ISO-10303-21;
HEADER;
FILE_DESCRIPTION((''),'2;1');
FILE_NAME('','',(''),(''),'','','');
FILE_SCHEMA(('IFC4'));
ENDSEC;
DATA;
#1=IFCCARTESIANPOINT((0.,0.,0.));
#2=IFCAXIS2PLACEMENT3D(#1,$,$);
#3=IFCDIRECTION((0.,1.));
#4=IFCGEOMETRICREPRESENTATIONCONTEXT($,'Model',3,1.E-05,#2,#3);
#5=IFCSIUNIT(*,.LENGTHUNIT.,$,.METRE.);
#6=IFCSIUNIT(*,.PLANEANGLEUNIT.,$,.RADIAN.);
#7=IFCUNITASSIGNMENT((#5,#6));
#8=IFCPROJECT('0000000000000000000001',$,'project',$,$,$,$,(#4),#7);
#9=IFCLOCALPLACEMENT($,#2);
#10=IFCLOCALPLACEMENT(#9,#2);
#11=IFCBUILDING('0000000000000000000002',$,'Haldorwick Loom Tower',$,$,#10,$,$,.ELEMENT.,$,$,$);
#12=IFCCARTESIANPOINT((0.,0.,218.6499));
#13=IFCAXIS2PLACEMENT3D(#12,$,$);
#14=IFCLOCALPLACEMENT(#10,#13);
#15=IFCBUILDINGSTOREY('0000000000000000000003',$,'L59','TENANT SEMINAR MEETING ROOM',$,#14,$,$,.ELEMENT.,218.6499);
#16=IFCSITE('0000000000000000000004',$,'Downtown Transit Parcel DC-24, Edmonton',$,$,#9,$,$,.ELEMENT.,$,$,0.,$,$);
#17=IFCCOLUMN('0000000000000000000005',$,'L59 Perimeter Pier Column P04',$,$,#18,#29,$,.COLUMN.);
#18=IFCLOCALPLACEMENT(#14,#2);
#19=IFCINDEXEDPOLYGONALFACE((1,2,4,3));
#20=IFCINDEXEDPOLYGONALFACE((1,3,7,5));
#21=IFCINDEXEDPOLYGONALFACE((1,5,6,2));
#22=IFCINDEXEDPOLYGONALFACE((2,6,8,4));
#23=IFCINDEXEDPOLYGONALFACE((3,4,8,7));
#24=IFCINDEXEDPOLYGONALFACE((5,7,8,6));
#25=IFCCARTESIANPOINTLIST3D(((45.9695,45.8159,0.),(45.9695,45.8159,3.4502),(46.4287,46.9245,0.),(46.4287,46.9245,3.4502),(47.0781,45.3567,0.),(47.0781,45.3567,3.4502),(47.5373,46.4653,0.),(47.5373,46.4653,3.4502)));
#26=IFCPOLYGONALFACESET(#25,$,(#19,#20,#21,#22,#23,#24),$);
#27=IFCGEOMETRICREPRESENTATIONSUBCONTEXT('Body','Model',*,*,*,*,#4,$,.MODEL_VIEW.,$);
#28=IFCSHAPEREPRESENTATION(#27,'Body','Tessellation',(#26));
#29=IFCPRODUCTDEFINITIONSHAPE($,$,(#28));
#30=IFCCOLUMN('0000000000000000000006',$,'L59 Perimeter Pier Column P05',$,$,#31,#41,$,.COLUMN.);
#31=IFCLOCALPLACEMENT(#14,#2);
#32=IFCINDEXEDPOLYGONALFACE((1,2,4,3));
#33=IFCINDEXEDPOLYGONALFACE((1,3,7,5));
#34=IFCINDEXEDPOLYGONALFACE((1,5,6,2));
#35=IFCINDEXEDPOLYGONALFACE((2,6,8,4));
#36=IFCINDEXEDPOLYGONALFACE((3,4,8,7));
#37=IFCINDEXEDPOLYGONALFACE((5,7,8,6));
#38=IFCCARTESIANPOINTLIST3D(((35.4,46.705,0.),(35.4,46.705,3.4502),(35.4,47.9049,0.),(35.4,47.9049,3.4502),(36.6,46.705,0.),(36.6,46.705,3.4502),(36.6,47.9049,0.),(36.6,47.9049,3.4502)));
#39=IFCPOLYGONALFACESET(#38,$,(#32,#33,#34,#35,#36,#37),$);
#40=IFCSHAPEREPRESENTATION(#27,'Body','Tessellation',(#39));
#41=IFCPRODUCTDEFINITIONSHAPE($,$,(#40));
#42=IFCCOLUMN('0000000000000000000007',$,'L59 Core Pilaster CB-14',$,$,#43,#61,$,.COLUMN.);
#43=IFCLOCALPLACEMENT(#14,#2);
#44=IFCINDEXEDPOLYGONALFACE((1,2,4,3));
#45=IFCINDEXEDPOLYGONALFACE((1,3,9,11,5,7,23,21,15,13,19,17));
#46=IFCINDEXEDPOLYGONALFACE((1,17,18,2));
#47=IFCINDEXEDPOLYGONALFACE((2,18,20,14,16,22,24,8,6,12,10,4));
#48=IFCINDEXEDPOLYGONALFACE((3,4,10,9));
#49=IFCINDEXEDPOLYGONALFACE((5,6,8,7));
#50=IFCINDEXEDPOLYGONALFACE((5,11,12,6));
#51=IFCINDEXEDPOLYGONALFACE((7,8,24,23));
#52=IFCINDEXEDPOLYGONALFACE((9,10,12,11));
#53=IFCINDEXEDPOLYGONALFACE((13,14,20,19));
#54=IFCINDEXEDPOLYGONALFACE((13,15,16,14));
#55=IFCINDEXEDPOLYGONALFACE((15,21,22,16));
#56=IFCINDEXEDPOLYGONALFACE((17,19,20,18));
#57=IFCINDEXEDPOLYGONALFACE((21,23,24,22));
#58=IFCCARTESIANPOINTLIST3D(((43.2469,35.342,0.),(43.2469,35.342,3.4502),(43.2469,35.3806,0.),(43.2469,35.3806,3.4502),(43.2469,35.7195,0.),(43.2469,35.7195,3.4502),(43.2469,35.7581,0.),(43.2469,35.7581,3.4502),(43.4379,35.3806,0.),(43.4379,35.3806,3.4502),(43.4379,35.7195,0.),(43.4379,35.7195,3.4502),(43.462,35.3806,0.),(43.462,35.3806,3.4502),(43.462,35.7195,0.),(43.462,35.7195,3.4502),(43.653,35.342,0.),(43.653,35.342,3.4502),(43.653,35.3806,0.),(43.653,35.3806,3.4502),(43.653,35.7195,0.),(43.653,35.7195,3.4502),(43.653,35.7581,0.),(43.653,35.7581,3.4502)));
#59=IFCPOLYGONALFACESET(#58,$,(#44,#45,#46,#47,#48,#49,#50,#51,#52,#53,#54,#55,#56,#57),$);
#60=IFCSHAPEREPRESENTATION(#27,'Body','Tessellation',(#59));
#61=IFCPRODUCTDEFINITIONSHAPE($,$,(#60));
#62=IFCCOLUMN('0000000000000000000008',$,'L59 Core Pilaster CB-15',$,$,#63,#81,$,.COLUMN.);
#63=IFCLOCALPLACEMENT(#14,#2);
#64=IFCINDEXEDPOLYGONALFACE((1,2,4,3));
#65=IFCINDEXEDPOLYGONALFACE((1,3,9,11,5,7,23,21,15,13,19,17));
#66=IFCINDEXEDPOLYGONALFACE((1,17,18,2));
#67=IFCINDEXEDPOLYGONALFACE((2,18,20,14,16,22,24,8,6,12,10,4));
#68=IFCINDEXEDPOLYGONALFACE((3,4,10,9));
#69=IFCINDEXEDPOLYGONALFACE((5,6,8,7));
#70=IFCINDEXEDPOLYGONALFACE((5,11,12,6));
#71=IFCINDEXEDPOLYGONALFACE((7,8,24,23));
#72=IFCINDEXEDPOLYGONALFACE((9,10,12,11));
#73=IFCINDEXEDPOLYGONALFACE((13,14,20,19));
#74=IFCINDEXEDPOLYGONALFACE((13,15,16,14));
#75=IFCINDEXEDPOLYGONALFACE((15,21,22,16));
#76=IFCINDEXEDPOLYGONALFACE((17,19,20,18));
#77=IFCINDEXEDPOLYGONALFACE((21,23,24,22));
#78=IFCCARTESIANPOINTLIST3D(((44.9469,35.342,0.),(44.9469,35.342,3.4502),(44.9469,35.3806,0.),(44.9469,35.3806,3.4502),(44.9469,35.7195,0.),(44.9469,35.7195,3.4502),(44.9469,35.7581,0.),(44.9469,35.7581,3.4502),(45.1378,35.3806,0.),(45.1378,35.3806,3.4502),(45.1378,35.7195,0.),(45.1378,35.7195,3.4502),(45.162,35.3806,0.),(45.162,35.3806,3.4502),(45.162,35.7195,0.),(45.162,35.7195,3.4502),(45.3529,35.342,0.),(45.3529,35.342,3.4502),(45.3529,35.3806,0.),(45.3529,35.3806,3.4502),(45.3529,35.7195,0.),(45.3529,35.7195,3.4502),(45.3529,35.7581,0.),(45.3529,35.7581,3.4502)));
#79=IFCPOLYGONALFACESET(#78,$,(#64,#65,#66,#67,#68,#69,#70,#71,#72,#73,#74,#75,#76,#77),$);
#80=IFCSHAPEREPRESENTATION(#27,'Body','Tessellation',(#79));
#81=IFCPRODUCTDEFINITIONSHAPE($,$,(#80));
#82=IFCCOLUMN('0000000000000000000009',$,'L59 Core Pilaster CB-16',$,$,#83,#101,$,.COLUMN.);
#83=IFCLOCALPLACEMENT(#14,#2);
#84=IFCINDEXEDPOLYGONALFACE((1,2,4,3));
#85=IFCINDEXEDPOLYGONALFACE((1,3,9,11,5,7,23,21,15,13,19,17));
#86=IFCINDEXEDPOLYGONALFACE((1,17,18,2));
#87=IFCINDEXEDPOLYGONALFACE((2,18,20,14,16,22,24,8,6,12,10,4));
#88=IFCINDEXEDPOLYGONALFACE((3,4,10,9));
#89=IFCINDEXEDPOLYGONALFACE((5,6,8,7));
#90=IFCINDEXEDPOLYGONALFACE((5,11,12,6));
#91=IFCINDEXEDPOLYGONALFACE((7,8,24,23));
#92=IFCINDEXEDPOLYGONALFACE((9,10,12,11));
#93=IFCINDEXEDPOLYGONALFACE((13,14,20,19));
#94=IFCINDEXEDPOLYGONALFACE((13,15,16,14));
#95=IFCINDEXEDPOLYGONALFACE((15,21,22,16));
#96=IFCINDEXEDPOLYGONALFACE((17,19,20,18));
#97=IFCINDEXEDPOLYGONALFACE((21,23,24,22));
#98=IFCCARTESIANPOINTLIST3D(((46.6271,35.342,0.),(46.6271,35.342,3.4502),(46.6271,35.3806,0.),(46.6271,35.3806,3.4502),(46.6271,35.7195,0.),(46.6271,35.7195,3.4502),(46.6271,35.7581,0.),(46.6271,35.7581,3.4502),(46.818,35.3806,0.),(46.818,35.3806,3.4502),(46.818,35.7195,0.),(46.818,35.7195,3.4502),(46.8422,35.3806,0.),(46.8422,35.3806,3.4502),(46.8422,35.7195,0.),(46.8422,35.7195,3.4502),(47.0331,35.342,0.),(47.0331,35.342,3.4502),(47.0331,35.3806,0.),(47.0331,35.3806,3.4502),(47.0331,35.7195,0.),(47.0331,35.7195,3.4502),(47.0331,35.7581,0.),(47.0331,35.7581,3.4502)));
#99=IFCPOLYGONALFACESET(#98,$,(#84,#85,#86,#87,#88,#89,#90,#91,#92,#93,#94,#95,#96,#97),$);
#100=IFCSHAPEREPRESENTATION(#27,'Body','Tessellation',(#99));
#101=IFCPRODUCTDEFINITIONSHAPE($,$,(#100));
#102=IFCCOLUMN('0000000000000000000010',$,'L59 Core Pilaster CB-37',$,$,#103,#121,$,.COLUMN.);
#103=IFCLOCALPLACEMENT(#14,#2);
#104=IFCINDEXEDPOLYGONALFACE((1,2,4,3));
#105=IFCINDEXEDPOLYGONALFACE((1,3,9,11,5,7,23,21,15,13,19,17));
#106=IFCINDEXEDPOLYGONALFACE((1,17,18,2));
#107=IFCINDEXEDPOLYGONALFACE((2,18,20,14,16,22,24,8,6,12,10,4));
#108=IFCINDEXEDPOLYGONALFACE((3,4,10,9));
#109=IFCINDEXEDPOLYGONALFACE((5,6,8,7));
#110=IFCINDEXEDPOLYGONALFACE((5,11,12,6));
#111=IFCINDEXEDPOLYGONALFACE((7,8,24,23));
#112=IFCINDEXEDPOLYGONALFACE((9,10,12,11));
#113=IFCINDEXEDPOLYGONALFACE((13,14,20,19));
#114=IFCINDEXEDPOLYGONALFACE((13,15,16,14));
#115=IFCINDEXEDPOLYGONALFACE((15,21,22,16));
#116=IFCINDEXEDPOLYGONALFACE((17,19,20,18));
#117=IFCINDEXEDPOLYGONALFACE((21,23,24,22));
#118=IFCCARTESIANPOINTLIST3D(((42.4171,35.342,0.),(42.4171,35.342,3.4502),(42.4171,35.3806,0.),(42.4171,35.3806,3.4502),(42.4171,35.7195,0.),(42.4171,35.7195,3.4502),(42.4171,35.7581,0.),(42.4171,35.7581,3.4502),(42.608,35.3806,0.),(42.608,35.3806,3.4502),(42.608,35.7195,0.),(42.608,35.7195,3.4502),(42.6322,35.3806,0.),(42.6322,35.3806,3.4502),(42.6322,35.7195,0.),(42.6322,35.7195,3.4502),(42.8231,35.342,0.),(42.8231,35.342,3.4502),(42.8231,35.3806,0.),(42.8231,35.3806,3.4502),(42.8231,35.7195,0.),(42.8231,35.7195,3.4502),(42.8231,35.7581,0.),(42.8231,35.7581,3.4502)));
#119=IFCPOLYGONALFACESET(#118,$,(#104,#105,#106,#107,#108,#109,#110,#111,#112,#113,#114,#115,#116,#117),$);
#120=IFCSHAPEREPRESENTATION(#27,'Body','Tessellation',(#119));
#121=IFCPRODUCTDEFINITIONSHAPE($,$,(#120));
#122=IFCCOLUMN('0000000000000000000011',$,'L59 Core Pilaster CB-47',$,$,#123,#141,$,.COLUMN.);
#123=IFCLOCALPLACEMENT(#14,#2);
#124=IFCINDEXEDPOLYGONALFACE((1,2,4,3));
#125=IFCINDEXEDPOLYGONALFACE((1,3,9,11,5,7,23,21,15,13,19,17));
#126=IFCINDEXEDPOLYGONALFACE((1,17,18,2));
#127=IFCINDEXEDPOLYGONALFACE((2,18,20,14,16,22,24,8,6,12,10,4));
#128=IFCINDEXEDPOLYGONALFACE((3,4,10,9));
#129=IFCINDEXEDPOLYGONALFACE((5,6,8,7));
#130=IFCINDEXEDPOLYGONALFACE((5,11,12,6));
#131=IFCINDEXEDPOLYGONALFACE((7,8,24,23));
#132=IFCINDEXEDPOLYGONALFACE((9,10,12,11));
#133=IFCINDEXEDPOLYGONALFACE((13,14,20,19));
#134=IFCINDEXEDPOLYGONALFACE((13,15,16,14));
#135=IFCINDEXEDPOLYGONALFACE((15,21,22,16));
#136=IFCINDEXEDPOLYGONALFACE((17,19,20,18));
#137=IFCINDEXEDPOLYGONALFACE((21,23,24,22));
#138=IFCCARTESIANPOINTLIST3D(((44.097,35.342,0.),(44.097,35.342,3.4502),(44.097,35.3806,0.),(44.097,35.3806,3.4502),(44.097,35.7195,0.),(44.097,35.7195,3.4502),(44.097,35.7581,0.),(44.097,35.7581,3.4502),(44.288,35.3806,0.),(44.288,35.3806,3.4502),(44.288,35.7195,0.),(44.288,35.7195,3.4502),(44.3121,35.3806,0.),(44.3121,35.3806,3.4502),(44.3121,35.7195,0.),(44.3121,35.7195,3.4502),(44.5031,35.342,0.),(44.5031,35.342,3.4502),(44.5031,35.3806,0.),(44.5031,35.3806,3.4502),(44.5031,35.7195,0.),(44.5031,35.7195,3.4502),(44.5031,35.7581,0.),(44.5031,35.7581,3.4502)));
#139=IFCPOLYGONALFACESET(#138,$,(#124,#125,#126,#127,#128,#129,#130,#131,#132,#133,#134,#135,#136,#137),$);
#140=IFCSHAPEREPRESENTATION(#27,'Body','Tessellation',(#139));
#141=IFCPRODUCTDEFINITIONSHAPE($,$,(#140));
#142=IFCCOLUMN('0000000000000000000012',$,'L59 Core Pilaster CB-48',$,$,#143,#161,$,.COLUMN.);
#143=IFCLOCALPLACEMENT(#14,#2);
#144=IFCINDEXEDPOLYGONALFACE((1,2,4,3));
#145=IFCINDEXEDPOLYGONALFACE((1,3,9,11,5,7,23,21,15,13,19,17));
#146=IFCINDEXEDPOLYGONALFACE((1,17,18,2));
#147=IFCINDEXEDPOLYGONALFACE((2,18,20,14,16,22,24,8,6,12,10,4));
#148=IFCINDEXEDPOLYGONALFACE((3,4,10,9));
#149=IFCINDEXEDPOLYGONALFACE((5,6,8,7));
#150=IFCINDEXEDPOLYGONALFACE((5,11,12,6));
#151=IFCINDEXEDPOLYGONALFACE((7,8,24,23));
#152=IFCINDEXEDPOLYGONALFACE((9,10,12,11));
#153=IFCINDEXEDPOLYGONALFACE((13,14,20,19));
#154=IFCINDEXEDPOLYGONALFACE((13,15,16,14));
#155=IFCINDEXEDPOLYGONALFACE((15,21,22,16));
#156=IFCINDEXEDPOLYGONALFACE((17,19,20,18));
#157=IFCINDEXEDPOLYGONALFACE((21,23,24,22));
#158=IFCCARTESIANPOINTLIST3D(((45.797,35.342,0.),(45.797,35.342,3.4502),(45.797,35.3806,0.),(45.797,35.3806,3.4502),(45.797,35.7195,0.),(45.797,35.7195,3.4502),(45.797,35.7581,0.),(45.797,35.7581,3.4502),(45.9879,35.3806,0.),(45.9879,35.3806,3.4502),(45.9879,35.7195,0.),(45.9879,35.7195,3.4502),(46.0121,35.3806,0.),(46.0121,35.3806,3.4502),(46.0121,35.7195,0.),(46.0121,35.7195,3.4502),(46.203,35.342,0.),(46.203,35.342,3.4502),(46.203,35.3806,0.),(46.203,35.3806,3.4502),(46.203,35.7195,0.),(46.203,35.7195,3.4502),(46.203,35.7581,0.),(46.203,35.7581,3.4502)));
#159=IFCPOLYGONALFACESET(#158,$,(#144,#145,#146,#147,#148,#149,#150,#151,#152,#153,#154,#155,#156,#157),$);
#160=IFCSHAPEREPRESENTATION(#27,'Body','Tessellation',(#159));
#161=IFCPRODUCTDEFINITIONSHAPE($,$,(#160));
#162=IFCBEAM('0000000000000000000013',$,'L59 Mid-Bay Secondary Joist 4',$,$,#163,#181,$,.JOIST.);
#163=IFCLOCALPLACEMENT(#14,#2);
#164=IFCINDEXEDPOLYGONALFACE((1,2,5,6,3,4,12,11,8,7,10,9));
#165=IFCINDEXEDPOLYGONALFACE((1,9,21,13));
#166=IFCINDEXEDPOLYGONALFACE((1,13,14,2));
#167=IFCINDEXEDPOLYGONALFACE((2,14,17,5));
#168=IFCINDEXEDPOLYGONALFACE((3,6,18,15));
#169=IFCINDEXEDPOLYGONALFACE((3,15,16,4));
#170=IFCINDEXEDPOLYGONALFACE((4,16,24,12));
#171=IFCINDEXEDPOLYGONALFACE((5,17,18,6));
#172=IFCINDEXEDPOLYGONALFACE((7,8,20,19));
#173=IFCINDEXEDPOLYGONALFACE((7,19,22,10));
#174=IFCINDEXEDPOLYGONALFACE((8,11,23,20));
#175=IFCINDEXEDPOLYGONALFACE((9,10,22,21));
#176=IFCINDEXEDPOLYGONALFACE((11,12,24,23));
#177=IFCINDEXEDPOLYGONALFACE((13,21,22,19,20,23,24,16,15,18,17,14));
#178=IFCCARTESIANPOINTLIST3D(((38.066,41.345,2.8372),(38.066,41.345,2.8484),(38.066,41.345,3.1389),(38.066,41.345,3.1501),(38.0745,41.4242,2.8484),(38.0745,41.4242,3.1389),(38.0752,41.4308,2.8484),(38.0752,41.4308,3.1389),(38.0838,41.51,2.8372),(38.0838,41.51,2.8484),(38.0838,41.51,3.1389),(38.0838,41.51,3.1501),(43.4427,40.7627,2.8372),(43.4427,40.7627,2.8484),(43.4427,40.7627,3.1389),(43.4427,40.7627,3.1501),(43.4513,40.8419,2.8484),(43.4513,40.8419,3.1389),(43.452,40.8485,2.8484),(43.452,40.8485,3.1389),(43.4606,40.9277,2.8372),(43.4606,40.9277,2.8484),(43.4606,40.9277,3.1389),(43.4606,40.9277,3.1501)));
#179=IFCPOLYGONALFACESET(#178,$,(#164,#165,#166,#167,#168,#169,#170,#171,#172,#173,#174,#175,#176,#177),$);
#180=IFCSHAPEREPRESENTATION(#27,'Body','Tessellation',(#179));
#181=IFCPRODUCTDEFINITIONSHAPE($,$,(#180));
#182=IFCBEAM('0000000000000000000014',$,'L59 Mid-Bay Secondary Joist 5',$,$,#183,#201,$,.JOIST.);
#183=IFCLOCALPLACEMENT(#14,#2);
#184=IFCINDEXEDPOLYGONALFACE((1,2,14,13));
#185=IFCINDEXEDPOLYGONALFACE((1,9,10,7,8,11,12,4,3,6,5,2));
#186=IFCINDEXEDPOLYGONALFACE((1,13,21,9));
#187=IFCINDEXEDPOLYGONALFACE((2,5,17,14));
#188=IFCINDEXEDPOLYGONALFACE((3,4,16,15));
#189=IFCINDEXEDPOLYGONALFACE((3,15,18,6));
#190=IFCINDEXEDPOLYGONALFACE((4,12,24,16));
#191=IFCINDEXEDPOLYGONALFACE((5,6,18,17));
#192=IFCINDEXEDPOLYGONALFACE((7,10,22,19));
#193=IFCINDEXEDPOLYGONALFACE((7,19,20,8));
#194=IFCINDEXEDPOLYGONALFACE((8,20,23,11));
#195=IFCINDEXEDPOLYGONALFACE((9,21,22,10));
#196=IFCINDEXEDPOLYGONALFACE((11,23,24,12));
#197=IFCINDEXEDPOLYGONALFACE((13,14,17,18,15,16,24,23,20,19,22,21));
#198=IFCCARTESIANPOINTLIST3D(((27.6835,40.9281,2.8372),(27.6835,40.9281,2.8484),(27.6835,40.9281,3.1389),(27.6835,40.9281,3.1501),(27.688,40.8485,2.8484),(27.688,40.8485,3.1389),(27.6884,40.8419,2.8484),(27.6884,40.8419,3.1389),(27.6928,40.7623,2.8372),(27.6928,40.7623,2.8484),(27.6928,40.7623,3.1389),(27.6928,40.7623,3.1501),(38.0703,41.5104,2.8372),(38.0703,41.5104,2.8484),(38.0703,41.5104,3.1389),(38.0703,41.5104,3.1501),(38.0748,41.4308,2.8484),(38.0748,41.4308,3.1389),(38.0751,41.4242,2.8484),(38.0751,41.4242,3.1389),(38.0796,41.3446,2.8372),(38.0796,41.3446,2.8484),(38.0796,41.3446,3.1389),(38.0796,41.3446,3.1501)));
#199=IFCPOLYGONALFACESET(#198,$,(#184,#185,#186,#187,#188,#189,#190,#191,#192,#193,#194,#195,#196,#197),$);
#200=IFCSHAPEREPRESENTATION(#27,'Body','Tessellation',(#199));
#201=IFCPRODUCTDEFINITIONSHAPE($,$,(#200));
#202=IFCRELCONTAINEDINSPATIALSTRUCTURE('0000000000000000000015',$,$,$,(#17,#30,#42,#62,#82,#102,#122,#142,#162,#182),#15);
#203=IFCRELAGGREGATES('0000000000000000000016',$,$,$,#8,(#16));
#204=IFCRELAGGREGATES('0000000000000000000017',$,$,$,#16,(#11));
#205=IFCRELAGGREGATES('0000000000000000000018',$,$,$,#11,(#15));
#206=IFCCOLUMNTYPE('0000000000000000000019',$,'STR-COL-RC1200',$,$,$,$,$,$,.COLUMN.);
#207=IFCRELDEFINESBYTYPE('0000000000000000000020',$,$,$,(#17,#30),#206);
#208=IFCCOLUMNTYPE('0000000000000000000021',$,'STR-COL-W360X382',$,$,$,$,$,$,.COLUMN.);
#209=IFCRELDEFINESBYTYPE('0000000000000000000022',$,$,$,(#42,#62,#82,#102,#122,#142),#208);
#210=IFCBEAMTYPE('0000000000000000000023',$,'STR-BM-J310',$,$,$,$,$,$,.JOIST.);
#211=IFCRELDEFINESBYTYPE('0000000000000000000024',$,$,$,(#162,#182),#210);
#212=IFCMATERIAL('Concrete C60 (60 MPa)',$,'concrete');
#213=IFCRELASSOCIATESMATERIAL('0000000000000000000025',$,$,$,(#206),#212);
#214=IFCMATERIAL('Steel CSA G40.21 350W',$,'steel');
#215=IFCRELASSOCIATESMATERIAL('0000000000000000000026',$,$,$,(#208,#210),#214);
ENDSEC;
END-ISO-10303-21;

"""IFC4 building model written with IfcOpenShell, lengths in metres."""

from ifc_helpers import new_model, si_unit, direction, frame, origin, origin_2d, place, context, subcontext, project, spatial, rectangle, i_section, extrude, material, material_profile, profile_set, type_object, element, save


model = new_model("IFC4")

# Units and contexts
model_context = context("Model", 3, precision=1e-05, world=origin(), true_north=direction((0.0, 1.0)))
body_context = subcontext(model_context, "Body", "Model", "MODEL_VIEW")
ifc_project = project(units=[si_unit("LENGTHUNIT", "METRE"), si_unit("PLANEANGLEUNIT", "RADIAN")], contexts=[model_context])

# Site, building, storey
site_placement = place(None, origin())
site = spatial("IfcSite", under=ifc_project, at=site_placement, Name="Downtown Transit Parcel DC-24, Edmonton", CompositionType="ELEMENT", RefElevation=0.0)
building_placement = place(site_placement, origin())
building = spatial("IfcBuilding", under=site, at=building_placement, Name="Haldorwick Loom Tower", CompositionType="ELEMENT")
storey_placement = place(building_placement, frame((0.0, 0.0, 218.6499)))
storey = spatial("IfcBuildingStorey", under=building, at=storey_placement, Name="L59", Description="TENANT SEMINAR MEETING ROOM", CompositionType="ELEMENT", Elevation=218.6499)

# Columns
ifc_material_1 = material(Name="Concrete C60 (60 MPa)", Category="concrete")
ifc_material_profile_1 = material_profile(ifc_material_1, rectangle(XDim=1.2, YDim=1.2, at=origin_2d()), Name="RC1200X1200", Category="concrete")
ifc_profile_set_1 = profile_set([ifc_material_profile_1], Name="Concrete C60 (60 MPa)")
column_type_1 = type_object("IfcColumnType", Name="STR-COL-RC1200", PredefinedType="COLUMN", material=ifc_profile_set_1)
for number, where, z_axis, x_axis, name in (
    (1, (46.7534, 46.1406, 0.0), (0.0, 0.0, 1.0), (0.382683, 0.92388, 0.0), "L59 Perimeter Pier Column P04"),
    (2, (36.0, 47.3049, 0.0), (0.0, 0.0, 1.0), (0.0, 1.0, 0.0), "L59 Perimeter Pier Column P05"),
):
    element("IfcColumn", number, at=place(storey_placement, frame(where, z_axis=z_axis, x_axis=x_axis)), inside=storey, type_object=column_type_1, Name=name, PredefinedType="COLUMN", context=body_context, shape_type="SweptSolid", body=[
        extrude(rectangle(XDim=1.2, YDim=1.2, at=origin_2d()), origin(), (0.0, 0.0, 1.0), 3.4502),
    ])
ifc_material_2 = material(Name="Steel CSA G40.21 350W", Category="steel")
ifc_material_profile_2 = material_profile(ifc_material_2, i_section(OverallWidth=0.406, OverallDepth=0.416, WebThickness=0.0242, FlangeThickness=0.0386, at=origin_2d()), Name="W360X382", Category="steel")
ifc_profile_set_2 = profile_set([ifc_material_profile_2], Name="Steel CSA G40.21 350W")
column_type_2 = type_object("IfcColumnType", Name="STR-COL-W360X382", PredefinedType="COLUMN", material=ifc_profile_set_2)
for number, where, z_axis, x_axis, name in (
    (3, (43.45, 35.55, 0.0), (0.0, 0.0, 1.0), (1.0, 0.0, 0.0), "L59 Core Pilaster CB-14"),
    (4, (45.1499, 35.55, 0.0), (0.0, 0.0, 1.0), (1.0, 0.0, 0.0), "L59 Core Pilaster CB-15"),
    (5, (46.8301, 35.55, 0.0), (0.0, 0.0, 1.0), (1.0, 0.0, 0.0), "L59 Core Pilaster CB-16"),
    (6, (42.6201, 35.55, 0.0), (0.0, 0.0, 1.0), (1.0, 0.0, 0.0), "L59 Core Pilaster CB-37"),
    (7, (44.3, 35.55, 0.0), (0.0, 0.0, 1.0), (1.0, 0.0, 0.0), "L59 Core Pilaster CB-47"),
    (8, (46.0, 35.55, 0.0), (0.0, 0.0, 1.0), (1.0, 0.0, 0.0), "L59 Core Pilaster CB-48"),
):
    element("IfcColumn", number, at=place(storey_placement, frame(where, z_axis=z_axis, x_axis=x_axis)), inside=storey, type_object=column_type_2, Name=name, PredefinedType="COLUMN", context=body_context, shape_type="SweptSolid", body=[
        extrude(i_section(OverallWidth=0.406, OverallDepth=0.416, WebThickness=0.0242, FlangeThickness=0.0386, at=origin_2d()), origin(), (0.0, 0.0, 1.0), 3.4502),
    ])

# Beams
ifc_material_profile_3 = material_profile(ifc_material_2, i_section(OverallWidth=0.166, OverallDepth=0.313, WebThickness=0.0066, FlangeThickness=0.0112, at=origin_2d()), Name="W310X45", Category="steel")
ifc_profile_set_3 = profile_set([ifc_material_profile_3], Name="Steel CSA G40.21 350W")
beam_type_1 = type_object("IfcBeamType", Name="STR-BM-J310", PredefinedType="JOIST", material=ifc_profile_set_3)
beam_1_placement = place(storey_placement, frame((43.4517, 40.8452, 2.9937), z_axis=(-0.994187, 0.107666, 0.0), x_axis=(-0.107666, -0.994187, 0.0)))
element("IfcBeam", 9, at=beam_1_placement, inside=storey, type_object=beam_type_1, Name="L59 Mid-Bay Secondary Joist 4", PredefinedType="JOIST", context=body_context, shape_type="SweptSolid", body=[
    extrude(i_section(OverallWidth=0.166, OverallDepth=0.313, WebThickness=0.0066, FlangeThickness=0.0112, at=origin_2d()), origin(), (0.0, 0.0, 1.0), 5.4082),
])
beam_2_placement = place(storey_placement, frame((38.075, 41.4275, 2.9937), z_axis=(-0.998432, -0.055972, 0.0), x_axis=(0.055972, -0.998432, 0.0)))
element("IfcBeam", 10, at=beam_2_placement, inside=storey, type_object=beam_type_1, Name="L59 Mid-Bay Secondary Joist 5", PredefinedType="JOIST", context=body_context, shape_type="SweptSolid", body=[
    extrude(i_section(OverallWidth=0.166, OverallDepth=0.313, WebThickness=0.0066, FlangeThickness=0.0112, at=origin_2d()), origin(), (0.0, 0.0, 1.0), 10.4031),
])

save(model, "model.ifc")
